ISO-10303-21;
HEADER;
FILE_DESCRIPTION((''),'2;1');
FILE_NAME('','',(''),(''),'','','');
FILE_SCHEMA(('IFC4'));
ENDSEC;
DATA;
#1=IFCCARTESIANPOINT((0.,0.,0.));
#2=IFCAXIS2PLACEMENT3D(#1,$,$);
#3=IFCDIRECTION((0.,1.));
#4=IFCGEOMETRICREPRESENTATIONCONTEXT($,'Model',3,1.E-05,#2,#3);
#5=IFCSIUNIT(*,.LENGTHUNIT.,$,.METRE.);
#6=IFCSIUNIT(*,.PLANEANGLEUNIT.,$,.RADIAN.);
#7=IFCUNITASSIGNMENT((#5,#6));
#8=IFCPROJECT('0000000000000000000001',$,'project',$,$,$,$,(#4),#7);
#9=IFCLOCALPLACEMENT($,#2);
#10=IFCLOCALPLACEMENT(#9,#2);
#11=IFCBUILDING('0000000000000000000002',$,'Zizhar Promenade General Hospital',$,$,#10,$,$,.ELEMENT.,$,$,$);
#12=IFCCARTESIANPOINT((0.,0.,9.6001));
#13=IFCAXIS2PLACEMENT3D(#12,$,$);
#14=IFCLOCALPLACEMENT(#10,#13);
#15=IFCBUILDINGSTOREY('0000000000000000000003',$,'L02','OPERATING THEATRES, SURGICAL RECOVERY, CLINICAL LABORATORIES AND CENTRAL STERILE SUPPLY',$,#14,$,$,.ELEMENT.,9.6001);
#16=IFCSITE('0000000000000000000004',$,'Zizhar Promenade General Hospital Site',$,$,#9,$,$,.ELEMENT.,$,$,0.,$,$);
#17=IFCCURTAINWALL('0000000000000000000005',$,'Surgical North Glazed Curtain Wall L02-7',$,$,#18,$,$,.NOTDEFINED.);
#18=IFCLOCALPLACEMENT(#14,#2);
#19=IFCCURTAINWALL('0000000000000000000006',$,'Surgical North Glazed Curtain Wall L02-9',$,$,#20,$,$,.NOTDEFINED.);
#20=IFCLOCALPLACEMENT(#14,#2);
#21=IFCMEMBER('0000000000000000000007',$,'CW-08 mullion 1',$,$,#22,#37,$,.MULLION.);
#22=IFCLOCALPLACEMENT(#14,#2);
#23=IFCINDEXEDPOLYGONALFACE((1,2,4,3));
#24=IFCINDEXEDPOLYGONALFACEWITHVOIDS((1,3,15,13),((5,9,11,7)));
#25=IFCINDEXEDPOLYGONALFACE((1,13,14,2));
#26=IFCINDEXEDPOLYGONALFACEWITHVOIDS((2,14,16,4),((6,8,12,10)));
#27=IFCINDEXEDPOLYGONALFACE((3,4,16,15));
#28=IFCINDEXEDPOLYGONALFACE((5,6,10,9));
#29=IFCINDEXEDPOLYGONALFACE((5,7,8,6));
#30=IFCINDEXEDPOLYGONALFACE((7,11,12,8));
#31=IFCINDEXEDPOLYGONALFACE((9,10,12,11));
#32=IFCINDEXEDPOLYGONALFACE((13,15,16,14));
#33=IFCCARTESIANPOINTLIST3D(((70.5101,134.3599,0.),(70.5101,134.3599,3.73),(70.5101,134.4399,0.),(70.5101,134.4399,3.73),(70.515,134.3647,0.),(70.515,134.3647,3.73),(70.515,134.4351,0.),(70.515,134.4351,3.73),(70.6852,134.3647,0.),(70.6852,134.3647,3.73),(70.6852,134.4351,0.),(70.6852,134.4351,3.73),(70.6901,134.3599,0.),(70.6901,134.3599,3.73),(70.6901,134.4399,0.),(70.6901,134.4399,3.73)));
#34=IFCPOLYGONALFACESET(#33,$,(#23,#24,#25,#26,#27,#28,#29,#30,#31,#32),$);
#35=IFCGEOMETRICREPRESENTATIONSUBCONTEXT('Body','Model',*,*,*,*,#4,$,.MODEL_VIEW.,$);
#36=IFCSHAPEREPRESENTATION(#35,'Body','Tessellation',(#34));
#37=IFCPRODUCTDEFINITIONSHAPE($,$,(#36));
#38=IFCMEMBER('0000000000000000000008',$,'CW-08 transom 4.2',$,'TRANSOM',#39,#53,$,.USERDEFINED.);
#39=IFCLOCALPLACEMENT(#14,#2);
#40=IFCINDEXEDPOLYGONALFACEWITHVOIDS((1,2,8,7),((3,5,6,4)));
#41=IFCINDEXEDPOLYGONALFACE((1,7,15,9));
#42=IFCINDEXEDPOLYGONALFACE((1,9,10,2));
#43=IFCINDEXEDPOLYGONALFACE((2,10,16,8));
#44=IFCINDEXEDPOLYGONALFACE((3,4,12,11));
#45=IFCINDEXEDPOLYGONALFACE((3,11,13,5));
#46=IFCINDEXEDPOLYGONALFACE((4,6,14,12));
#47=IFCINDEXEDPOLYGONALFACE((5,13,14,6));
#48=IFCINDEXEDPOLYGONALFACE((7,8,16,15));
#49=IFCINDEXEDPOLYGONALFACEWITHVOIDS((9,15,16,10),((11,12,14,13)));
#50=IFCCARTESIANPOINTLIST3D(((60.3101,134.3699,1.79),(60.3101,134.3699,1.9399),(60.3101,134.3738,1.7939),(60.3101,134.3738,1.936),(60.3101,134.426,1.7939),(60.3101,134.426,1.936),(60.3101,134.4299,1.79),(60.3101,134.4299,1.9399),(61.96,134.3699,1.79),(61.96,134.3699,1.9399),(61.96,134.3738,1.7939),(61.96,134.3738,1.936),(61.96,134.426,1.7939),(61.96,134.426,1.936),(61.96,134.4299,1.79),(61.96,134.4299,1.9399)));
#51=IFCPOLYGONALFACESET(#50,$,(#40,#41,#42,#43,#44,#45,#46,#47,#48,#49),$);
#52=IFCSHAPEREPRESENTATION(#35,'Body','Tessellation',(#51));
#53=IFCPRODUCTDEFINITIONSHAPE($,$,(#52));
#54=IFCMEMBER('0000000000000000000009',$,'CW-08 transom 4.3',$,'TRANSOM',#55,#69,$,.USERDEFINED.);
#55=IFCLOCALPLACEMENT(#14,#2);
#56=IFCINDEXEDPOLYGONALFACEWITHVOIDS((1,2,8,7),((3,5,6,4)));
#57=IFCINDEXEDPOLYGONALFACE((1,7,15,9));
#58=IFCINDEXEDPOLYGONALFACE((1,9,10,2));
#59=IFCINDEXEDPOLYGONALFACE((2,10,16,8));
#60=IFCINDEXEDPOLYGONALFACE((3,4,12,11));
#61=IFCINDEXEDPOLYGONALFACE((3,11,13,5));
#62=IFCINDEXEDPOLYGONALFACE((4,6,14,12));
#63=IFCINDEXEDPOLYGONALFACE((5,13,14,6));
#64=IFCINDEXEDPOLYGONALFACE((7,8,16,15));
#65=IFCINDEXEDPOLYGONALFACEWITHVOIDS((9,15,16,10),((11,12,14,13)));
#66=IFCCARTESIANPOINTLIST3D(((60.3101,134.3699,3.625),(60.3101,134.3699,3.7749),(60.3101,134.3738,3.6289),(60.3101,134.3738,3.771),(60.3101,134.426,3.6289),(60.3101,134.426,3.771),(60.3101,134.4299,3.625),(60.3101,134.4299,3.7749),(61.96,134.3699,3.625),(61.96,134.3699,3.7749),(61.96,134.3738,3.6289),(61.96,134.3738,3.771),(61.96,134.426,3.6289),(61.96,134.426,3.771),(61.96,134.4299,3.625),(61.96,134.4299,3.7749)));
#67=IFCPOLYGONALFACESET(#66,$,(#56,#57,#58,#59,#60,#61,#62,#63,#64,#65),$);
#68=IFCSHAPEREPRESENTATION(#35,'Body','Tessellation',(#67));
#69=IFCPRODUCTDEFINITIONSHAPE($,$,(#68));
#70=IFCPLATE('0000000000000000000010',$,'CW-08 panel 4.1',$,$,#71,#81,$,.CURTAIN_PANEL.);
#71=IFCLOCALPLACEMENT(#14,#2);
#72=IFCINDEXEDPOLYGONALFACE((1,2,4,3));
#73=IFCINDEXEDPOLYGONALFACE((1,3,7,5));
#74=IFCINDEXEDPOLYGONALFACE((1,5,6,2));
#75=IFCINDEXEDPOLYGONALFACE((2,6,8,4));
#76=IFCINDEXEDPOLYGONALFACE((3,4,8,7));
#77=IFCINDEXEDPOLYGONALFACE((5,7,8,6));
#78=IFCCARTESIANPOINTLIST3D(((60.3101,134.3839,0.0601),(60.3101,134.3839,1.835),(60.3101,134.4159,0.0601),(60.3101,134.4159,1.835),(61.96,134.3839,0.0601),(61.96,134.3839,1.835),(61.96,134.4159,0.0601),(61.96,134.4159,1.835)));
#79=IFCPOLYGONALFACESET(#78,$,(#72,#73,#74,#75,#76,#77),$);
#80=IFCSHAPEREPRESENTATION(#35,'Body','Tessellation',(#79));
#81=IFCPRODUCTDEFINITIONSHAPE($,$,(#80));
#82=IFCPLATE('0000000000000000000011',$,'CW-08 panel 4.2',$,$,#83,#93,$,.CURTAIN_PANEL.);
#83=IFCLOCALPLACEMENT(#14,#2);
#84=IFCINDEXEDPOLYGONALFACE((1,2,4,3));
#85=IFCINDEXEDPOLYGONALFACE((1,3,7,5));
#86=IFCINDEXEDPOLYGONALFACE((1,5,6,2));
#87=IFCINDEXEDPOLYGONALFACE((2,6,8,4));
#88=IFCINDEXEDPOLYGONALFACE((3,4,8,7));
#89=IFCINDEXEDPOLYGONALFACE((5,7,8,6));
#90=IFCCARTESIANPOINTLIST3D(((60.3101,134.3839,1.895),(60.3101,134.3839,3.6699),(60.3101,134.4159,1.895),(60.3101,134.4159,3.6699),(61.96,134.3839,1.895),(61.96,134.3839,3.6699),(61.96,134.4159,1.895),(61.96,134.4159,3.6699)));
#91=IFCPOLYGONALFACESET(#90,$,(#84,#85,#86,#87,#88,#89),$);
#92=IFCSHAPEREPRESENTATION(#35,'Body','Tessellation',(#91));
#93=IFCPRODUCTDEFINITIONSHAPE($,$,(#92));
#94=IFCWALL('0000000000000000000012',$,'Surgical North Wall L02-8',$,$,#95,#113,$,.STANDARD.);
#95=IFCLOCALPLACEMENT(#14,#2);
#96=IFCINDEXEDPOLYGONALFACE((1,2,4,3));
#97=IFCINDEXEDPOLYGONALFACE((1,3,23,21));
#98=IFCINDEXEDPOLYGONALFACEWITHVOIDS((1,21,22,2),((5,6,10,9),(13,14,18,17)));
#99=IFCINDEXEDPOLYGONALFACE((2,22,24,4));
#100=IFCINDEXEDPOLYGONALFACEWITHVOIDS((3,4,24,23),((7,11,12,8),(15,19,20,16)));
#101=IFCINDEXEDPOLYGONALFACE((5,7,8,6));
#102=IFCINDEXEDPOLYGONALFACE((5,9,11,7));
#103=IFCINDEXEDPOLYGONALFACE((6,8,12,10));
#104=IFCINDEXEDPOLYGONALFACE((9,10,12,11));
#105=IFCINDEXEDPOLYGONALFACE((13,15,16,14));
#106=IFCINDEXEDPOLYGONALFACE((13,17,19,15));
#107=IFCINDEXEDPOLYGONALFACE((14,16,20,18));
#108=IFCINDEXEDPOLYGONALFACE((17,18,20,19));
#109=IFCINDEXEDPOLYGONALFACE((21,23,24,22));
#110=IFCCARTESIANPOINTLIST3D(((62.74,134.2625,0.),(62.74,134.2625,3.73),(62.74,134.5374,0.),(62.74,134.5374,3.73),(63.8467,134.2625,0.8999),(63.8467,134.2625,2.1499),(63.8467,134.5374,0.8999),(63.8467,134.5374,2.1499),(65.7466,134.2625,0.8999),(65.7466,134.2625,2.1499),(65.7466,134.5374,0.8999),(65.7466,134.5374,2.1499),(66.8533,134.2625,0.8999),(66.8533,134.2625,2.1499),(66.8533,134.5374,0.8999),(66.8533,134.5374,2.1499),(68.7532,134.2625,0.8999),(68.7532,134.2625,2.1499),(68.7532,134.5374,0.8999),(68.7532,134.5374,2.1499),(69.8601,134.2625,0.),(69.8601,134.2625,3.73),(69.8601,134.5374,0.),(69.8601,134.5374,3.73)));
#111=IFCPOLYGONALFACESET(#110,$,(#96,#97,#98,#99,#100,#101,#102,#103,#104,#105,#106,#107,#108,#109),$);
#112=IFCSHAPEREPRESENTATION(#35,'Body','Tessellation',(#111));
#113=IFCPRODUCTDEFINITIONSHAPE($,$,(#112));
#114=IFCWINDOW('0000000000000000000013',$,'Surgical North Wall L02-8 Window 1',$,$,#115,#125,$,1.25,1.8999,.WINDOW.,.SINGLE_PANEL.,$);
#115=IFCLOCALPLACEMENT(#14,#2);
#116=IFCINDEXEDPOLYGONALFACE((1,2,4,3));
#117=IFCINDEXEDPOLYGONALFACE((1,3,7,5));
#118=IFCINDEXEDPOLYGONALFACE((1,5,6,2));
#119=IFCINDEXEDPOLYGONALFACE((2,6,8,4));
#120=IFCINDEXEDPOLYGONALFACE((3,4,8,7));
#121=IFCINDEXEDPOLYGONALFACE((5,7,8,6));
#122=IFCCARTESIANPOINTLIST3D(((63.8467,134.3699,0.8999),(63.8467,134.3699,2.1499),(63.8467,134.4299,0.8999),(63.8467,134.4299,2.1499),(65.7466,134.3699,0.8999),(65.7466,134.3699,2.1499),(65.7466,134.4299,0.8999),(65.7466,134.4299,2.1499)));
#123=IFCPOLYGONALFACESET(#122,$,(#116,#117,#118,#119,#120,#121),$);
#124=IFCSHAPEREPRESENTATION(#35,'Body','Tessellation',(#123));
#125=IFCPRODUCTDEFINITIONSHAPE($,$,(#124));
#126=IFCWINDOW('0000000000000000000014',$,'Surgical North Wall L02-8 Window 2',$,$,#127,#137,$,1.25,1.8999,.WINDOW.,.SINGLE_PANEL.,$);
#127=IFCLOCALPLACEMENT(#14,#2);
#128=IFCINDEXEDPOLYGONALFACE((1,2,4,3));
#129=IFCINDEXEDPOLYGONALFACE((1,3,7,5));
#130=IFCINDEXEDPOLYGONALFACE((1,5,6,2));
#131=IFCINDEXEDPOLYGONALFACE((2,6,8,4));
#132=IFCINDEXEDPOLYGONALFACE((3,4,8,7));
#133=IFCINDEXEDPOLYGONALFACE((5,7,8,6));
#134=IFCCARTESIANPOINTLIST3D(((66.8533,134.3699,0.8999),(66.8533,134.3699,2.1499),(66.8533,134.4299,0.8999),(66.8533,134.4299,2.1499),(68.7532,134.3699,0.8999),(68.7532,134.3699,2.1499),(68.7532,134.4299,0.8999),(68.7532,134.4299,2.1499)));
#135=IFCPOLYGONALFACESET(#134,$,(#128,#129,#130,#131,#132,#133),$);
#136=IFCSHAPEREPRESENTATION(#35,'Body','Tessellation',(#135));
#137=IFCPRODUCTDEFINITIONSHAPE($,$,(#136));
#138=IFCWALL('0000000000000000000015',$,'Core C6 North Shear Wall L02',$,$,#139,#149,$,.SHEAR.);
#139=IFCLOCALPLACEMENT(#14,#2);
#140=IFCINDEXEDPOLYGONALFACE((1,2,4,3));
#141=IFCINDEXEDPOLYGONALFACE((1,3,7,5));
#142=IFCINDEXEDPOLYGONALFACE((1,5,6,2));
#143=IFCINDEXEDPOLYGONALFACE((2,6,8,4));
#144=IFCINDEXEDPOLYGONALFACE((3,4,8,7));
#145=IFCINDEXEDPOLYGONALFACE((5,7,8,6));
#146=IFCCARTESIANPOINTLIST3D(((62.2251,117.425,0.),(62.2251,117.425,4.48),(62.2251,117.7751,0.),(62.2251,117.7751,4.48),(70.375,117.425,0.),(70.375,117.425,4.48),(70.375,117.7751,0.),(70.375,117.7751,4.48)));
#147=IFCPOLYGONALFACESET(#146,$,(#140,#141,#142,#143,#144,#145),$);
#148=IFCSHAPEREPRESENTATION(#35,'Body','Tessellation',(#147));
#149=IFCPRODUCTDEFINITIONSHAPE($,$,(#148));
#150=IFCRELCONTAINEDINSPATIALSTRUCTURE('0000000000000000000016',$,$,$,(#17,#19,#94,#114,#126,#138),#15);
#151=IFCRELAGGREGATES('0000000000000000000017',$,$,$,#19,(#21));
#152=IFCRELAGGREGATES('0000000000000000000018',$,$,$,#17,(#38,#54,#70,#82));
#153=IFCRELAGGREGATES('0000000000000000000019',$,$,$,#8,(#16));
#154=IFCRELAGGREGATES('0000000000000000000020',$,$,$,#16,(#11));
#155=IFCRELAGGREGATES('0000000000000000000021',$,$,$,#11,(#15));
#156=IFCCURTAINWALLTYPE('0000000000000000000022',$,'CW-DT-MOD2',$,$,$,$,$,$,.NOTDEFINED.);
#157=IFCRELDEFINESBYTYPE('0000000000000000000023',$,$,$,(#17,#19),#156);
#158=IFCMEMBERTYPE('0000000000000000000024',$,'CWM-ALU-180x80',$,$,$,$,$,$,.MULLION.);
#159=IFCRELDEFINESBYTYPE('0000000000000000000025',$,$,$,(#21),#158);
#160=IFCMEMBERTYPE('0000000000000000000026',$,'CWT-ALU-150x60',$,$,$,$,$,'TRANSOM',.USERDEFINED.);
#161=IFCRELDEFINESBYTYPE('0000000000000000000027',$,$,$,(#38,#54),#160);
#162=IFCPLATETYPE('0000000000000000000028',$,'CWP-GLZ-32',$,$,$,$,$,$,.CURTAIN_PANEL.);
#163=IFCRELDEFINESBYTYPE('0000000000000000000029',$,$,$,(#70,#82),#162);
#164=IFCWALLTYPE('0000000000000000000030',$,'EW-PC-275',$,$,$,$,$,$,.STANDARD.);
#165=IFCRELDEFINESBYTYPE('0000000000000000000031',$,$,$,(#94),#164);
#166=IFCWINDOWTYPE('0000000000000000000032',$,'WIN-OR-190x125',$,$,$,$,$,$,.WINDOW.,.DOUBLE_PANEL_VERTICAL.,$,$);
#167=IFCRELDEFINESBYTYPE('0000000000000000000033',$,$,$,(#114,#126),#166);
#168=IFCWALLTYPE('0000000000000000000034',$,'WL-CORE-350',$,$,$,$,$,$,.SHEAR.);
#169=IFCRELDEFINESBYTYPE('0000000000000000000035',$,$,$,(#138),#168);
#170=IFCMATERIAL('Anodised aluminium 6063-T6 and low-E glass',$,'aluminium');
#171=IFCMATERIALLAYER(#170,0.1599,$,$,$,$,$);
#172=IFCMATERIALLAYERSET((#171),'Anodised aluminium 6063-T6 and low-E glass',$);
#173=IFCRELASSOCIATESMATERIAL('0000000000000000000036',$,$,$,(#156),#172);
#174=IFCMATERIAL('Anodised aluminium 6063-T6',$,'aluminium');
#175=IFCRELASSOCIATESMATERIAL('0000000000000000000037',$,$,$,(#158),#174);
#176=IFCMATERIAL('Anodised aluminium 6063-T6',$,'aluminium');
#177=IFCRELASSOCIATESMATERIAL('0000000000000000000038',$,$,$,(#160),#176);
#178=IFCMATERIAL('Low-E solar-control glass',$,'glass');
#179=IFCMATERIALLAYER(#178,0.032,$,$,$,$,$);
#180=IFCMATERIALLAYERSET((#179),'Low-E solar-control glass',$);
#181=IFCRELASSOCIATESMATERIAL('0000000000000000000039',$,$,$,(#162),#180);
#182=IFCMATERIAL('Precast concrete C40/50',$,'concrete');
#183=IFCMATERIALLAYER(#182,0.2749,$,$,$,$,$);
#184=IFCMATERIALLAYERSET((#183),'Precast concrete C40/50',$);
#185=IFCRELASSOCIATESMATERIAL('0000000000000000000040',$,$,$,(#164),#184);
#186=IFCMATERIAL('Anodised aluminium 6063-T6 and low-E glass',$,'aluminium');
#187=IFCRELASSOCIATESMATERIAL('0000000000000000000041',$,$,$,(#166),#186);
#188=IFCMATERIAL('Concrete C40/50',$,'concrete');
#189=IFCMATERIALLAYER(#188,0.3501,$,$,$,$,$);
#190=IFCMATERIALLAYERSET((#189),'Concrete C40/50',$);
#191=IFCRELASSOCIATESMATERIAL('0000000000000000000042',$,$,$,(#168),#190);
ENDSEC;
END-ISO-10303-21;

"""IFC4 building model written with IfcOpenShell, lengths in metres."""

from ifc_helpers import new_model, si_unit, direction, frame, frame_2d, origin, origin_2d, place, context, subcontext, project, spatial, rectangle, hollow_rectangle, extrude, material, layer, layer_set, material_profile, profile_set, type_object, element, fill, aggregate, save


model = new_model("IFC4")

# Units and contexts
model_context = context("Model", 3, precision=1e-05, world=origin(), true_north=direction((0.0, 1.0)))
body_context = subcontext(model_context, "Body", "Model", "MODEL_VIEW")
ifc_project = project(units=[si_unit("LENGTHUNIT", "METRE"), si_unit("PLANEANGLEUNIT", "RADIAN")], contexts=[model_context])

# Site, building, storey
site_placement = place(None, origin())
site = spatial("IfcSite", under=ifc_project, at=site_placement, Name="Zizhar Promenade General Hospital Site", CompositionType="ELEMENT", RefElevation=0.0)
building_placement = place(site_placement, origin())
building = spatial("IfcBuilding", under=site, at=building_placement, Name="Zizhar Promenade General Hospital", CompositionType="ELEMENT")
storey_placement = place(building_placement, frame((0.0, 0.0, 9.6001)))
storey = spatial("IfcBuildingStorey", under=building, at=storey_placement, Name="L02", Description="OPERATING THEATRES, SURGICAL RECOVERY, CLINICAL LABORATORIES AND CENTRAL STERILE SUPPLY", CompositionType="ELEMENT", Elevation=9.6001)

# Curtain walls, member
ifc_material_1 = material(Name="Anodised aluminium 6063-T6 and low-E glass", Category="aluminium")
ifc_layer_1 = layer(ifc_material_1, 0.1599)
ifc_layer_set_1 = layer_set([ifc_layer_1], Name="Anodised aluminium 6063-T6 and low-E glass")
curtain_wall_type = type_object("IfcCurtainWallType", Name="CW-DT-MOD2", PredefinedType="NOTDEFINED", material=ifc_layer_set_1)
curtain_wall_1_placement = place(storey_placement, origin())
curtain_wall_1 = element("IfcCurtainWall", 1, at=curtain_wall_1_placement, inside=storey, type_object=curtain_wall_type, Name="Surgical North Glazed Curtain Wall L02-7", PredefinedType="NOTDEFINED")
ifc_material_2 = material(Name="Anodised aluminium 6063-T6", Category="aluminium")
ifc_material_profile_1 = material_profile(ifc_material_2, hollow_rectangle(XDim=0.0801, YDim=0.1799, WallThickness=0.0049, at=origin_2d()))
ifc_profile_set_1 = profile_set([ifc_material_profile_1], Name="Anodised aluminium 6063-T6")
member_type_1 = type_object("IfcMemberType", Name="CWM-ALU-180x80", PredefinedType="MULLION", material=ifc_profile_set_1)
curtain_wall_2_placement = place(storey_placement, origin())
curtain_wall_2 = element("IfcCurtainWall", 2, at=curtain_wall_2_placement, inside=storey, type_object=curtain_wall_type, Name="Surgical North Glazed Curtain Wall L02-9", PredefinedType="NOTDEFINED")
member_1_placement = place(storey_placement, frame((70.6001, 134.3999, 0.0), z_axis=(0.0, 0.0, 1.0), x_axis=(0.0, 1.0, 0.0)))
member_1 = element("IfcMember", 3, at=member_1_placement, type_object=member_type_1, Name="CW-08 mullion 1", PredefinedType="MULLION", context=body_context, shape_type="SweptSolid", body=[
    extrude(hollow_rectangle(XDim=0.0801, YDim=0.1799, WallThickness=0.0049, at=origin_2d()), origin(), (0.0, 0.0, 1.0), 3.73),
])
aggregate(curtain_wall_2, [member_1])

# Members
ifc_material_3 = material(Name="Anodised aluminium 6063-T6", Category="aluminium")
ifc_material_profile_2 = material_profile(ifc_material_3, hollow_rectangle(XDim=0.0601, YDim=0.1499, WallThickness=0.0039, at=origin_2d()))
ifc_profile_set_2 = profile_set([ifc_material_profile_2], Name="Anodised aluminium 6063-T6")
member_type_2 = type_object("IfcMemberType", Name="CWT-ALU-150x60", ElementType="TRANSOM", PredefinedType="USERDEFINED", material=ifc_profile_set_2)
member_2_placement = place(storey_placement, frame((60.3101, 134.3999, 1.865), z_axis=(1.0, 0.0, 0.0), x_axis=(0.0, 1.0, 0.0)))
member_2 = element("IfcMember", 4, at=member_2_placement, type_object=member_type_2, Name="CW-08 transom 4.2", ObjectType="TRANSOM", PredefinedType="USERDEFINED", context=body_context, shape_type="SweptSolid", body=[
    extrude(hollow_rectangle(XDim=0.0601, YDim=0.1499, WallThickness=0.0039, at=origin_2d()), origin(), (0.0, 0.0, 1.0), 1.6499),
])
member_3_placement = place(storey_placement, frame((60.3101, 134.3999, 3.7), z_axis=(1.0, 0.0, 0.0), x_axis=(0.0, 1.0, 0.0)))
member_3 = element("IfcMember", 5, at=member_3_placement, type_object=member_type_2, Name="CW-08 transom 4.3", ObjectType="TRANSOM", PredefinedType="USERDEFINED", context=body_context, shape_type="SweptSolid", body=[
    extrude(hollow_rectangle(XDim=0.0601, YDim=0.1499, WallThickness=0.0039, at=origin_2d()), origin(), (0.0, 0.0, 1.0), 1.6499),
])

# Plates
ifc_material_4 = material(Name="Low-E solar-control glass", Category="glass")
ifc_layer_2 = layer(ifc_material_4, 0.032)
ifc_layer_set_2 = layer_set([ifc_layer_2], Name="Low-E solar-control glass")
plate_type = type_object("IfcPlateType", Name="CWP-GLZ-32", PredefinedType="CURTAIN_PANEL", material=ifc_layer_set_2)
plate_1_placement = place(storey_placement, frame((61.135, 134.3999, 0.0601), z_axis=(0.0, 0.0, 1.0), x_axis=(1.0, 0.0, 0.0)))
plate_1 = element("IfcPlate", 6, at=plate_1_placement, type_object=plate_type, Name="CW-08 panel 4.1", PredefinedType="CURTAIN_PANEL", context=body_context, shape_type="SweptSolid", body=[
    extrude(rectangle(XDim=1.6499, YDim=0.032, at=origin_2d()), origin(), (0.0, 0.0, 1.0), 1.7749),
])
plate_2_placement = place(storey_placement, frame((61.135, 134.3999, 1.895), z_axis=(0.0, 0.0, 1.0), x_axis=(1.0, 0.0, 0.0)))
plate_2 = element("IfcPlate", 7, at=plate_2_placement, type_object=plate_type, Name="CW-08 panel 4.2", PredefinedType="CURTAIN_PANEL", context=body_context, shape_type="SweptSolid", body=[
    extrude(rectangle(XDim=1.6499, YDim=0.032, at=origin_2d()), origin(), (0.0, 0.0, 1.0), 1.7749),
])
aggregate(curtain_wall_1, [member_2, member_3, plate_1, plate_2])

# Wall, openings, windows
ifc_material_5 = material(Name="Precast concrete C40/50", Category="concrete")
ifc_layer_3 = layer(ifc_material_5, 0.2749)
ifc_layer_set_3 = layer_set([ifc_layer_3], Name="Precast concrete C40/50")
wall_type_1 = type_object("IfcWallType", Name="EW-PC-275", PredefinedType="STANDARD", material=ifc_layer_set_3)
wall_1_placement = place(storey_placement, frame((62.74, 134.3999, 0.0), z_axis=(0.0, 0.0, 1.0), x_axis=(1.0, 0.0, 0.0)))
wall_1 = element("IfcWall", 8, at=wall_1_placement, inside=storey, type_object=wall_type_1, Name="Surgical North Wall L02-8", PredefinedType="STANDARD", context=body_context, shape_type="SweptSolid", body=[
    extrude(rectangle(XDim=7.1201, YDim=0.2749, at=frame_2d((3.5601, 0.0))), origin(), (0.0, 0.0, 1.0), 3.73),
])
opening_1_placement = place(wall_1_placement, frame((1.1067, 0.0, 0.8999)))
opening_1 = element("IfcOpeningElement", 9, at=opening_1_placement, cuts=wall_1, PredefinedType="OPENING", context=body_context, shape_type="SweptSolid", body=[
    extrude(rectangle(XDim=1.8999, YDim=1.25, at=frame_2d((0.95, 0.625))), frame((0.0, 0.1475, 0.0), z_axis=(0.0, -1.0, 0.0), x_axis=(1.0, 0.0, 0.0)), (0.0, 0.0, 1.0), 0.2949),
])
opening_2_placement = place(wall_1_placement, frame((4.1133, 0.0, 0.8999)))
opening_2 = element("IfcOpeningElement", 10, at=opening_2_placement, cuts=wall_1, PredefinedType="OPENING", context=body_context, shape_type="SweptSolid", body=[
    extrude(rectangle(XDim=1.8999, YDim=1.25, at=frame_2d((0.95, 0.625))), frame((0.0, 0.1475, 0.0), z_axis=(0.0, -1.0, 0.0), x_axis=(1.0, 0.0, 0.0)), (0.0, 0.0, 1.0), 0.2949),
])
ifc_material_6 = material(Name="Anodised aluminium 6063-T6 and low-E glass", Category="aluminium")
window_type = type_object("IfcWindowType", Name="WIN-OR-190x125", PartitioningType="DOUBLE_PANEL_VERTICAL", PredefinedType="WINDOW", material=ifc_material_6)
window_1_placement = place(opening_1_placement, origin())
window_1 = element("IfcWindow", 11, at=window_1_placement, inside=storey, type_object=window_type, Name="Surgical North Wall L02-8 Window 1", OverallHeight=1.25, OverallWidth=1.8999, PartitioningType="SINGLE_PANEL", PredefinedType="WINDOW", context=body_context, shape_type="SweptSolid", body=[
    extrude(rectangle(XDim=1.8999, YDim=1.25, at=frame_2d((0.95, 0.625))), frame((0.0, 0.03, 0.0), z_axis=(0.0, -1.0, 0.0), x_axis=(1.0, 0.0, 0.0)), (0.0, 0.0, 1.0), 0.0601),
])
fill(opening_1, window_1)
window_2_placement = place(opening_2_placement, origin())
window_2 = element("IfcWindow", 12, at=window_2_placement, inside=storey, type_object=window_type, Name="Surgical North Wall L02-8 Window 2", OverallHeight=1.25, OverallWidth=1.8999, PartitioningType="SINGLE_PANEL", PredefinedType="WINDOW", context=body_context, shape_type="SweptSolid", body=[
    extrude(rectangle(XDim=1.8999, YDim=1.25, at=frame_2d((0.95, 0.625))), frame((0.0, 0.03, 0.0), z_axis=(0.0, -1.0, 0.0), x_axis=(1.0, 0.0, 0.0)), (0.0, 0.0, 1.0), 0.0601),
])
fill(opening_2, window_2)

# Wall
ifc_material_7 = material(Name="Concrete C40/50", Category="concrete")
ifc_layer_4 = layer(ifc_material_7, 0.3501)
ifc_layer_set_4 = layer_set([ifc_layer_4], Name="Concrete C40/50")
wall_type_2 = type_object("IfcWallType", Name="WL-CORE-350", PredefinedType="SHEAR", material=ifc_layer_set_4)
wall_2_placement = place(storey_placement, frame((62.2251, 117.6001, 0.0), z_axis=(0.0, 0.0, 1.0), x_axis=(1.0, 0.0, 0.0)))
element("IfcWall", 13, at=wall_2_placement, inside=storey, type_object=wall_type_2, Name="Core C6 North Shear Wall L02", PredefinedType="SHEAR", context=body_context, shape_type="SweptSolid", body=[
    extrude(rectangle(XDim=8.1499, YDim=0.3501, at=frame_2d((4.075, 0.0))), origin(), (0.0, 0.0, 1.0), 4.48),
])

save(model, "model.ifc")
